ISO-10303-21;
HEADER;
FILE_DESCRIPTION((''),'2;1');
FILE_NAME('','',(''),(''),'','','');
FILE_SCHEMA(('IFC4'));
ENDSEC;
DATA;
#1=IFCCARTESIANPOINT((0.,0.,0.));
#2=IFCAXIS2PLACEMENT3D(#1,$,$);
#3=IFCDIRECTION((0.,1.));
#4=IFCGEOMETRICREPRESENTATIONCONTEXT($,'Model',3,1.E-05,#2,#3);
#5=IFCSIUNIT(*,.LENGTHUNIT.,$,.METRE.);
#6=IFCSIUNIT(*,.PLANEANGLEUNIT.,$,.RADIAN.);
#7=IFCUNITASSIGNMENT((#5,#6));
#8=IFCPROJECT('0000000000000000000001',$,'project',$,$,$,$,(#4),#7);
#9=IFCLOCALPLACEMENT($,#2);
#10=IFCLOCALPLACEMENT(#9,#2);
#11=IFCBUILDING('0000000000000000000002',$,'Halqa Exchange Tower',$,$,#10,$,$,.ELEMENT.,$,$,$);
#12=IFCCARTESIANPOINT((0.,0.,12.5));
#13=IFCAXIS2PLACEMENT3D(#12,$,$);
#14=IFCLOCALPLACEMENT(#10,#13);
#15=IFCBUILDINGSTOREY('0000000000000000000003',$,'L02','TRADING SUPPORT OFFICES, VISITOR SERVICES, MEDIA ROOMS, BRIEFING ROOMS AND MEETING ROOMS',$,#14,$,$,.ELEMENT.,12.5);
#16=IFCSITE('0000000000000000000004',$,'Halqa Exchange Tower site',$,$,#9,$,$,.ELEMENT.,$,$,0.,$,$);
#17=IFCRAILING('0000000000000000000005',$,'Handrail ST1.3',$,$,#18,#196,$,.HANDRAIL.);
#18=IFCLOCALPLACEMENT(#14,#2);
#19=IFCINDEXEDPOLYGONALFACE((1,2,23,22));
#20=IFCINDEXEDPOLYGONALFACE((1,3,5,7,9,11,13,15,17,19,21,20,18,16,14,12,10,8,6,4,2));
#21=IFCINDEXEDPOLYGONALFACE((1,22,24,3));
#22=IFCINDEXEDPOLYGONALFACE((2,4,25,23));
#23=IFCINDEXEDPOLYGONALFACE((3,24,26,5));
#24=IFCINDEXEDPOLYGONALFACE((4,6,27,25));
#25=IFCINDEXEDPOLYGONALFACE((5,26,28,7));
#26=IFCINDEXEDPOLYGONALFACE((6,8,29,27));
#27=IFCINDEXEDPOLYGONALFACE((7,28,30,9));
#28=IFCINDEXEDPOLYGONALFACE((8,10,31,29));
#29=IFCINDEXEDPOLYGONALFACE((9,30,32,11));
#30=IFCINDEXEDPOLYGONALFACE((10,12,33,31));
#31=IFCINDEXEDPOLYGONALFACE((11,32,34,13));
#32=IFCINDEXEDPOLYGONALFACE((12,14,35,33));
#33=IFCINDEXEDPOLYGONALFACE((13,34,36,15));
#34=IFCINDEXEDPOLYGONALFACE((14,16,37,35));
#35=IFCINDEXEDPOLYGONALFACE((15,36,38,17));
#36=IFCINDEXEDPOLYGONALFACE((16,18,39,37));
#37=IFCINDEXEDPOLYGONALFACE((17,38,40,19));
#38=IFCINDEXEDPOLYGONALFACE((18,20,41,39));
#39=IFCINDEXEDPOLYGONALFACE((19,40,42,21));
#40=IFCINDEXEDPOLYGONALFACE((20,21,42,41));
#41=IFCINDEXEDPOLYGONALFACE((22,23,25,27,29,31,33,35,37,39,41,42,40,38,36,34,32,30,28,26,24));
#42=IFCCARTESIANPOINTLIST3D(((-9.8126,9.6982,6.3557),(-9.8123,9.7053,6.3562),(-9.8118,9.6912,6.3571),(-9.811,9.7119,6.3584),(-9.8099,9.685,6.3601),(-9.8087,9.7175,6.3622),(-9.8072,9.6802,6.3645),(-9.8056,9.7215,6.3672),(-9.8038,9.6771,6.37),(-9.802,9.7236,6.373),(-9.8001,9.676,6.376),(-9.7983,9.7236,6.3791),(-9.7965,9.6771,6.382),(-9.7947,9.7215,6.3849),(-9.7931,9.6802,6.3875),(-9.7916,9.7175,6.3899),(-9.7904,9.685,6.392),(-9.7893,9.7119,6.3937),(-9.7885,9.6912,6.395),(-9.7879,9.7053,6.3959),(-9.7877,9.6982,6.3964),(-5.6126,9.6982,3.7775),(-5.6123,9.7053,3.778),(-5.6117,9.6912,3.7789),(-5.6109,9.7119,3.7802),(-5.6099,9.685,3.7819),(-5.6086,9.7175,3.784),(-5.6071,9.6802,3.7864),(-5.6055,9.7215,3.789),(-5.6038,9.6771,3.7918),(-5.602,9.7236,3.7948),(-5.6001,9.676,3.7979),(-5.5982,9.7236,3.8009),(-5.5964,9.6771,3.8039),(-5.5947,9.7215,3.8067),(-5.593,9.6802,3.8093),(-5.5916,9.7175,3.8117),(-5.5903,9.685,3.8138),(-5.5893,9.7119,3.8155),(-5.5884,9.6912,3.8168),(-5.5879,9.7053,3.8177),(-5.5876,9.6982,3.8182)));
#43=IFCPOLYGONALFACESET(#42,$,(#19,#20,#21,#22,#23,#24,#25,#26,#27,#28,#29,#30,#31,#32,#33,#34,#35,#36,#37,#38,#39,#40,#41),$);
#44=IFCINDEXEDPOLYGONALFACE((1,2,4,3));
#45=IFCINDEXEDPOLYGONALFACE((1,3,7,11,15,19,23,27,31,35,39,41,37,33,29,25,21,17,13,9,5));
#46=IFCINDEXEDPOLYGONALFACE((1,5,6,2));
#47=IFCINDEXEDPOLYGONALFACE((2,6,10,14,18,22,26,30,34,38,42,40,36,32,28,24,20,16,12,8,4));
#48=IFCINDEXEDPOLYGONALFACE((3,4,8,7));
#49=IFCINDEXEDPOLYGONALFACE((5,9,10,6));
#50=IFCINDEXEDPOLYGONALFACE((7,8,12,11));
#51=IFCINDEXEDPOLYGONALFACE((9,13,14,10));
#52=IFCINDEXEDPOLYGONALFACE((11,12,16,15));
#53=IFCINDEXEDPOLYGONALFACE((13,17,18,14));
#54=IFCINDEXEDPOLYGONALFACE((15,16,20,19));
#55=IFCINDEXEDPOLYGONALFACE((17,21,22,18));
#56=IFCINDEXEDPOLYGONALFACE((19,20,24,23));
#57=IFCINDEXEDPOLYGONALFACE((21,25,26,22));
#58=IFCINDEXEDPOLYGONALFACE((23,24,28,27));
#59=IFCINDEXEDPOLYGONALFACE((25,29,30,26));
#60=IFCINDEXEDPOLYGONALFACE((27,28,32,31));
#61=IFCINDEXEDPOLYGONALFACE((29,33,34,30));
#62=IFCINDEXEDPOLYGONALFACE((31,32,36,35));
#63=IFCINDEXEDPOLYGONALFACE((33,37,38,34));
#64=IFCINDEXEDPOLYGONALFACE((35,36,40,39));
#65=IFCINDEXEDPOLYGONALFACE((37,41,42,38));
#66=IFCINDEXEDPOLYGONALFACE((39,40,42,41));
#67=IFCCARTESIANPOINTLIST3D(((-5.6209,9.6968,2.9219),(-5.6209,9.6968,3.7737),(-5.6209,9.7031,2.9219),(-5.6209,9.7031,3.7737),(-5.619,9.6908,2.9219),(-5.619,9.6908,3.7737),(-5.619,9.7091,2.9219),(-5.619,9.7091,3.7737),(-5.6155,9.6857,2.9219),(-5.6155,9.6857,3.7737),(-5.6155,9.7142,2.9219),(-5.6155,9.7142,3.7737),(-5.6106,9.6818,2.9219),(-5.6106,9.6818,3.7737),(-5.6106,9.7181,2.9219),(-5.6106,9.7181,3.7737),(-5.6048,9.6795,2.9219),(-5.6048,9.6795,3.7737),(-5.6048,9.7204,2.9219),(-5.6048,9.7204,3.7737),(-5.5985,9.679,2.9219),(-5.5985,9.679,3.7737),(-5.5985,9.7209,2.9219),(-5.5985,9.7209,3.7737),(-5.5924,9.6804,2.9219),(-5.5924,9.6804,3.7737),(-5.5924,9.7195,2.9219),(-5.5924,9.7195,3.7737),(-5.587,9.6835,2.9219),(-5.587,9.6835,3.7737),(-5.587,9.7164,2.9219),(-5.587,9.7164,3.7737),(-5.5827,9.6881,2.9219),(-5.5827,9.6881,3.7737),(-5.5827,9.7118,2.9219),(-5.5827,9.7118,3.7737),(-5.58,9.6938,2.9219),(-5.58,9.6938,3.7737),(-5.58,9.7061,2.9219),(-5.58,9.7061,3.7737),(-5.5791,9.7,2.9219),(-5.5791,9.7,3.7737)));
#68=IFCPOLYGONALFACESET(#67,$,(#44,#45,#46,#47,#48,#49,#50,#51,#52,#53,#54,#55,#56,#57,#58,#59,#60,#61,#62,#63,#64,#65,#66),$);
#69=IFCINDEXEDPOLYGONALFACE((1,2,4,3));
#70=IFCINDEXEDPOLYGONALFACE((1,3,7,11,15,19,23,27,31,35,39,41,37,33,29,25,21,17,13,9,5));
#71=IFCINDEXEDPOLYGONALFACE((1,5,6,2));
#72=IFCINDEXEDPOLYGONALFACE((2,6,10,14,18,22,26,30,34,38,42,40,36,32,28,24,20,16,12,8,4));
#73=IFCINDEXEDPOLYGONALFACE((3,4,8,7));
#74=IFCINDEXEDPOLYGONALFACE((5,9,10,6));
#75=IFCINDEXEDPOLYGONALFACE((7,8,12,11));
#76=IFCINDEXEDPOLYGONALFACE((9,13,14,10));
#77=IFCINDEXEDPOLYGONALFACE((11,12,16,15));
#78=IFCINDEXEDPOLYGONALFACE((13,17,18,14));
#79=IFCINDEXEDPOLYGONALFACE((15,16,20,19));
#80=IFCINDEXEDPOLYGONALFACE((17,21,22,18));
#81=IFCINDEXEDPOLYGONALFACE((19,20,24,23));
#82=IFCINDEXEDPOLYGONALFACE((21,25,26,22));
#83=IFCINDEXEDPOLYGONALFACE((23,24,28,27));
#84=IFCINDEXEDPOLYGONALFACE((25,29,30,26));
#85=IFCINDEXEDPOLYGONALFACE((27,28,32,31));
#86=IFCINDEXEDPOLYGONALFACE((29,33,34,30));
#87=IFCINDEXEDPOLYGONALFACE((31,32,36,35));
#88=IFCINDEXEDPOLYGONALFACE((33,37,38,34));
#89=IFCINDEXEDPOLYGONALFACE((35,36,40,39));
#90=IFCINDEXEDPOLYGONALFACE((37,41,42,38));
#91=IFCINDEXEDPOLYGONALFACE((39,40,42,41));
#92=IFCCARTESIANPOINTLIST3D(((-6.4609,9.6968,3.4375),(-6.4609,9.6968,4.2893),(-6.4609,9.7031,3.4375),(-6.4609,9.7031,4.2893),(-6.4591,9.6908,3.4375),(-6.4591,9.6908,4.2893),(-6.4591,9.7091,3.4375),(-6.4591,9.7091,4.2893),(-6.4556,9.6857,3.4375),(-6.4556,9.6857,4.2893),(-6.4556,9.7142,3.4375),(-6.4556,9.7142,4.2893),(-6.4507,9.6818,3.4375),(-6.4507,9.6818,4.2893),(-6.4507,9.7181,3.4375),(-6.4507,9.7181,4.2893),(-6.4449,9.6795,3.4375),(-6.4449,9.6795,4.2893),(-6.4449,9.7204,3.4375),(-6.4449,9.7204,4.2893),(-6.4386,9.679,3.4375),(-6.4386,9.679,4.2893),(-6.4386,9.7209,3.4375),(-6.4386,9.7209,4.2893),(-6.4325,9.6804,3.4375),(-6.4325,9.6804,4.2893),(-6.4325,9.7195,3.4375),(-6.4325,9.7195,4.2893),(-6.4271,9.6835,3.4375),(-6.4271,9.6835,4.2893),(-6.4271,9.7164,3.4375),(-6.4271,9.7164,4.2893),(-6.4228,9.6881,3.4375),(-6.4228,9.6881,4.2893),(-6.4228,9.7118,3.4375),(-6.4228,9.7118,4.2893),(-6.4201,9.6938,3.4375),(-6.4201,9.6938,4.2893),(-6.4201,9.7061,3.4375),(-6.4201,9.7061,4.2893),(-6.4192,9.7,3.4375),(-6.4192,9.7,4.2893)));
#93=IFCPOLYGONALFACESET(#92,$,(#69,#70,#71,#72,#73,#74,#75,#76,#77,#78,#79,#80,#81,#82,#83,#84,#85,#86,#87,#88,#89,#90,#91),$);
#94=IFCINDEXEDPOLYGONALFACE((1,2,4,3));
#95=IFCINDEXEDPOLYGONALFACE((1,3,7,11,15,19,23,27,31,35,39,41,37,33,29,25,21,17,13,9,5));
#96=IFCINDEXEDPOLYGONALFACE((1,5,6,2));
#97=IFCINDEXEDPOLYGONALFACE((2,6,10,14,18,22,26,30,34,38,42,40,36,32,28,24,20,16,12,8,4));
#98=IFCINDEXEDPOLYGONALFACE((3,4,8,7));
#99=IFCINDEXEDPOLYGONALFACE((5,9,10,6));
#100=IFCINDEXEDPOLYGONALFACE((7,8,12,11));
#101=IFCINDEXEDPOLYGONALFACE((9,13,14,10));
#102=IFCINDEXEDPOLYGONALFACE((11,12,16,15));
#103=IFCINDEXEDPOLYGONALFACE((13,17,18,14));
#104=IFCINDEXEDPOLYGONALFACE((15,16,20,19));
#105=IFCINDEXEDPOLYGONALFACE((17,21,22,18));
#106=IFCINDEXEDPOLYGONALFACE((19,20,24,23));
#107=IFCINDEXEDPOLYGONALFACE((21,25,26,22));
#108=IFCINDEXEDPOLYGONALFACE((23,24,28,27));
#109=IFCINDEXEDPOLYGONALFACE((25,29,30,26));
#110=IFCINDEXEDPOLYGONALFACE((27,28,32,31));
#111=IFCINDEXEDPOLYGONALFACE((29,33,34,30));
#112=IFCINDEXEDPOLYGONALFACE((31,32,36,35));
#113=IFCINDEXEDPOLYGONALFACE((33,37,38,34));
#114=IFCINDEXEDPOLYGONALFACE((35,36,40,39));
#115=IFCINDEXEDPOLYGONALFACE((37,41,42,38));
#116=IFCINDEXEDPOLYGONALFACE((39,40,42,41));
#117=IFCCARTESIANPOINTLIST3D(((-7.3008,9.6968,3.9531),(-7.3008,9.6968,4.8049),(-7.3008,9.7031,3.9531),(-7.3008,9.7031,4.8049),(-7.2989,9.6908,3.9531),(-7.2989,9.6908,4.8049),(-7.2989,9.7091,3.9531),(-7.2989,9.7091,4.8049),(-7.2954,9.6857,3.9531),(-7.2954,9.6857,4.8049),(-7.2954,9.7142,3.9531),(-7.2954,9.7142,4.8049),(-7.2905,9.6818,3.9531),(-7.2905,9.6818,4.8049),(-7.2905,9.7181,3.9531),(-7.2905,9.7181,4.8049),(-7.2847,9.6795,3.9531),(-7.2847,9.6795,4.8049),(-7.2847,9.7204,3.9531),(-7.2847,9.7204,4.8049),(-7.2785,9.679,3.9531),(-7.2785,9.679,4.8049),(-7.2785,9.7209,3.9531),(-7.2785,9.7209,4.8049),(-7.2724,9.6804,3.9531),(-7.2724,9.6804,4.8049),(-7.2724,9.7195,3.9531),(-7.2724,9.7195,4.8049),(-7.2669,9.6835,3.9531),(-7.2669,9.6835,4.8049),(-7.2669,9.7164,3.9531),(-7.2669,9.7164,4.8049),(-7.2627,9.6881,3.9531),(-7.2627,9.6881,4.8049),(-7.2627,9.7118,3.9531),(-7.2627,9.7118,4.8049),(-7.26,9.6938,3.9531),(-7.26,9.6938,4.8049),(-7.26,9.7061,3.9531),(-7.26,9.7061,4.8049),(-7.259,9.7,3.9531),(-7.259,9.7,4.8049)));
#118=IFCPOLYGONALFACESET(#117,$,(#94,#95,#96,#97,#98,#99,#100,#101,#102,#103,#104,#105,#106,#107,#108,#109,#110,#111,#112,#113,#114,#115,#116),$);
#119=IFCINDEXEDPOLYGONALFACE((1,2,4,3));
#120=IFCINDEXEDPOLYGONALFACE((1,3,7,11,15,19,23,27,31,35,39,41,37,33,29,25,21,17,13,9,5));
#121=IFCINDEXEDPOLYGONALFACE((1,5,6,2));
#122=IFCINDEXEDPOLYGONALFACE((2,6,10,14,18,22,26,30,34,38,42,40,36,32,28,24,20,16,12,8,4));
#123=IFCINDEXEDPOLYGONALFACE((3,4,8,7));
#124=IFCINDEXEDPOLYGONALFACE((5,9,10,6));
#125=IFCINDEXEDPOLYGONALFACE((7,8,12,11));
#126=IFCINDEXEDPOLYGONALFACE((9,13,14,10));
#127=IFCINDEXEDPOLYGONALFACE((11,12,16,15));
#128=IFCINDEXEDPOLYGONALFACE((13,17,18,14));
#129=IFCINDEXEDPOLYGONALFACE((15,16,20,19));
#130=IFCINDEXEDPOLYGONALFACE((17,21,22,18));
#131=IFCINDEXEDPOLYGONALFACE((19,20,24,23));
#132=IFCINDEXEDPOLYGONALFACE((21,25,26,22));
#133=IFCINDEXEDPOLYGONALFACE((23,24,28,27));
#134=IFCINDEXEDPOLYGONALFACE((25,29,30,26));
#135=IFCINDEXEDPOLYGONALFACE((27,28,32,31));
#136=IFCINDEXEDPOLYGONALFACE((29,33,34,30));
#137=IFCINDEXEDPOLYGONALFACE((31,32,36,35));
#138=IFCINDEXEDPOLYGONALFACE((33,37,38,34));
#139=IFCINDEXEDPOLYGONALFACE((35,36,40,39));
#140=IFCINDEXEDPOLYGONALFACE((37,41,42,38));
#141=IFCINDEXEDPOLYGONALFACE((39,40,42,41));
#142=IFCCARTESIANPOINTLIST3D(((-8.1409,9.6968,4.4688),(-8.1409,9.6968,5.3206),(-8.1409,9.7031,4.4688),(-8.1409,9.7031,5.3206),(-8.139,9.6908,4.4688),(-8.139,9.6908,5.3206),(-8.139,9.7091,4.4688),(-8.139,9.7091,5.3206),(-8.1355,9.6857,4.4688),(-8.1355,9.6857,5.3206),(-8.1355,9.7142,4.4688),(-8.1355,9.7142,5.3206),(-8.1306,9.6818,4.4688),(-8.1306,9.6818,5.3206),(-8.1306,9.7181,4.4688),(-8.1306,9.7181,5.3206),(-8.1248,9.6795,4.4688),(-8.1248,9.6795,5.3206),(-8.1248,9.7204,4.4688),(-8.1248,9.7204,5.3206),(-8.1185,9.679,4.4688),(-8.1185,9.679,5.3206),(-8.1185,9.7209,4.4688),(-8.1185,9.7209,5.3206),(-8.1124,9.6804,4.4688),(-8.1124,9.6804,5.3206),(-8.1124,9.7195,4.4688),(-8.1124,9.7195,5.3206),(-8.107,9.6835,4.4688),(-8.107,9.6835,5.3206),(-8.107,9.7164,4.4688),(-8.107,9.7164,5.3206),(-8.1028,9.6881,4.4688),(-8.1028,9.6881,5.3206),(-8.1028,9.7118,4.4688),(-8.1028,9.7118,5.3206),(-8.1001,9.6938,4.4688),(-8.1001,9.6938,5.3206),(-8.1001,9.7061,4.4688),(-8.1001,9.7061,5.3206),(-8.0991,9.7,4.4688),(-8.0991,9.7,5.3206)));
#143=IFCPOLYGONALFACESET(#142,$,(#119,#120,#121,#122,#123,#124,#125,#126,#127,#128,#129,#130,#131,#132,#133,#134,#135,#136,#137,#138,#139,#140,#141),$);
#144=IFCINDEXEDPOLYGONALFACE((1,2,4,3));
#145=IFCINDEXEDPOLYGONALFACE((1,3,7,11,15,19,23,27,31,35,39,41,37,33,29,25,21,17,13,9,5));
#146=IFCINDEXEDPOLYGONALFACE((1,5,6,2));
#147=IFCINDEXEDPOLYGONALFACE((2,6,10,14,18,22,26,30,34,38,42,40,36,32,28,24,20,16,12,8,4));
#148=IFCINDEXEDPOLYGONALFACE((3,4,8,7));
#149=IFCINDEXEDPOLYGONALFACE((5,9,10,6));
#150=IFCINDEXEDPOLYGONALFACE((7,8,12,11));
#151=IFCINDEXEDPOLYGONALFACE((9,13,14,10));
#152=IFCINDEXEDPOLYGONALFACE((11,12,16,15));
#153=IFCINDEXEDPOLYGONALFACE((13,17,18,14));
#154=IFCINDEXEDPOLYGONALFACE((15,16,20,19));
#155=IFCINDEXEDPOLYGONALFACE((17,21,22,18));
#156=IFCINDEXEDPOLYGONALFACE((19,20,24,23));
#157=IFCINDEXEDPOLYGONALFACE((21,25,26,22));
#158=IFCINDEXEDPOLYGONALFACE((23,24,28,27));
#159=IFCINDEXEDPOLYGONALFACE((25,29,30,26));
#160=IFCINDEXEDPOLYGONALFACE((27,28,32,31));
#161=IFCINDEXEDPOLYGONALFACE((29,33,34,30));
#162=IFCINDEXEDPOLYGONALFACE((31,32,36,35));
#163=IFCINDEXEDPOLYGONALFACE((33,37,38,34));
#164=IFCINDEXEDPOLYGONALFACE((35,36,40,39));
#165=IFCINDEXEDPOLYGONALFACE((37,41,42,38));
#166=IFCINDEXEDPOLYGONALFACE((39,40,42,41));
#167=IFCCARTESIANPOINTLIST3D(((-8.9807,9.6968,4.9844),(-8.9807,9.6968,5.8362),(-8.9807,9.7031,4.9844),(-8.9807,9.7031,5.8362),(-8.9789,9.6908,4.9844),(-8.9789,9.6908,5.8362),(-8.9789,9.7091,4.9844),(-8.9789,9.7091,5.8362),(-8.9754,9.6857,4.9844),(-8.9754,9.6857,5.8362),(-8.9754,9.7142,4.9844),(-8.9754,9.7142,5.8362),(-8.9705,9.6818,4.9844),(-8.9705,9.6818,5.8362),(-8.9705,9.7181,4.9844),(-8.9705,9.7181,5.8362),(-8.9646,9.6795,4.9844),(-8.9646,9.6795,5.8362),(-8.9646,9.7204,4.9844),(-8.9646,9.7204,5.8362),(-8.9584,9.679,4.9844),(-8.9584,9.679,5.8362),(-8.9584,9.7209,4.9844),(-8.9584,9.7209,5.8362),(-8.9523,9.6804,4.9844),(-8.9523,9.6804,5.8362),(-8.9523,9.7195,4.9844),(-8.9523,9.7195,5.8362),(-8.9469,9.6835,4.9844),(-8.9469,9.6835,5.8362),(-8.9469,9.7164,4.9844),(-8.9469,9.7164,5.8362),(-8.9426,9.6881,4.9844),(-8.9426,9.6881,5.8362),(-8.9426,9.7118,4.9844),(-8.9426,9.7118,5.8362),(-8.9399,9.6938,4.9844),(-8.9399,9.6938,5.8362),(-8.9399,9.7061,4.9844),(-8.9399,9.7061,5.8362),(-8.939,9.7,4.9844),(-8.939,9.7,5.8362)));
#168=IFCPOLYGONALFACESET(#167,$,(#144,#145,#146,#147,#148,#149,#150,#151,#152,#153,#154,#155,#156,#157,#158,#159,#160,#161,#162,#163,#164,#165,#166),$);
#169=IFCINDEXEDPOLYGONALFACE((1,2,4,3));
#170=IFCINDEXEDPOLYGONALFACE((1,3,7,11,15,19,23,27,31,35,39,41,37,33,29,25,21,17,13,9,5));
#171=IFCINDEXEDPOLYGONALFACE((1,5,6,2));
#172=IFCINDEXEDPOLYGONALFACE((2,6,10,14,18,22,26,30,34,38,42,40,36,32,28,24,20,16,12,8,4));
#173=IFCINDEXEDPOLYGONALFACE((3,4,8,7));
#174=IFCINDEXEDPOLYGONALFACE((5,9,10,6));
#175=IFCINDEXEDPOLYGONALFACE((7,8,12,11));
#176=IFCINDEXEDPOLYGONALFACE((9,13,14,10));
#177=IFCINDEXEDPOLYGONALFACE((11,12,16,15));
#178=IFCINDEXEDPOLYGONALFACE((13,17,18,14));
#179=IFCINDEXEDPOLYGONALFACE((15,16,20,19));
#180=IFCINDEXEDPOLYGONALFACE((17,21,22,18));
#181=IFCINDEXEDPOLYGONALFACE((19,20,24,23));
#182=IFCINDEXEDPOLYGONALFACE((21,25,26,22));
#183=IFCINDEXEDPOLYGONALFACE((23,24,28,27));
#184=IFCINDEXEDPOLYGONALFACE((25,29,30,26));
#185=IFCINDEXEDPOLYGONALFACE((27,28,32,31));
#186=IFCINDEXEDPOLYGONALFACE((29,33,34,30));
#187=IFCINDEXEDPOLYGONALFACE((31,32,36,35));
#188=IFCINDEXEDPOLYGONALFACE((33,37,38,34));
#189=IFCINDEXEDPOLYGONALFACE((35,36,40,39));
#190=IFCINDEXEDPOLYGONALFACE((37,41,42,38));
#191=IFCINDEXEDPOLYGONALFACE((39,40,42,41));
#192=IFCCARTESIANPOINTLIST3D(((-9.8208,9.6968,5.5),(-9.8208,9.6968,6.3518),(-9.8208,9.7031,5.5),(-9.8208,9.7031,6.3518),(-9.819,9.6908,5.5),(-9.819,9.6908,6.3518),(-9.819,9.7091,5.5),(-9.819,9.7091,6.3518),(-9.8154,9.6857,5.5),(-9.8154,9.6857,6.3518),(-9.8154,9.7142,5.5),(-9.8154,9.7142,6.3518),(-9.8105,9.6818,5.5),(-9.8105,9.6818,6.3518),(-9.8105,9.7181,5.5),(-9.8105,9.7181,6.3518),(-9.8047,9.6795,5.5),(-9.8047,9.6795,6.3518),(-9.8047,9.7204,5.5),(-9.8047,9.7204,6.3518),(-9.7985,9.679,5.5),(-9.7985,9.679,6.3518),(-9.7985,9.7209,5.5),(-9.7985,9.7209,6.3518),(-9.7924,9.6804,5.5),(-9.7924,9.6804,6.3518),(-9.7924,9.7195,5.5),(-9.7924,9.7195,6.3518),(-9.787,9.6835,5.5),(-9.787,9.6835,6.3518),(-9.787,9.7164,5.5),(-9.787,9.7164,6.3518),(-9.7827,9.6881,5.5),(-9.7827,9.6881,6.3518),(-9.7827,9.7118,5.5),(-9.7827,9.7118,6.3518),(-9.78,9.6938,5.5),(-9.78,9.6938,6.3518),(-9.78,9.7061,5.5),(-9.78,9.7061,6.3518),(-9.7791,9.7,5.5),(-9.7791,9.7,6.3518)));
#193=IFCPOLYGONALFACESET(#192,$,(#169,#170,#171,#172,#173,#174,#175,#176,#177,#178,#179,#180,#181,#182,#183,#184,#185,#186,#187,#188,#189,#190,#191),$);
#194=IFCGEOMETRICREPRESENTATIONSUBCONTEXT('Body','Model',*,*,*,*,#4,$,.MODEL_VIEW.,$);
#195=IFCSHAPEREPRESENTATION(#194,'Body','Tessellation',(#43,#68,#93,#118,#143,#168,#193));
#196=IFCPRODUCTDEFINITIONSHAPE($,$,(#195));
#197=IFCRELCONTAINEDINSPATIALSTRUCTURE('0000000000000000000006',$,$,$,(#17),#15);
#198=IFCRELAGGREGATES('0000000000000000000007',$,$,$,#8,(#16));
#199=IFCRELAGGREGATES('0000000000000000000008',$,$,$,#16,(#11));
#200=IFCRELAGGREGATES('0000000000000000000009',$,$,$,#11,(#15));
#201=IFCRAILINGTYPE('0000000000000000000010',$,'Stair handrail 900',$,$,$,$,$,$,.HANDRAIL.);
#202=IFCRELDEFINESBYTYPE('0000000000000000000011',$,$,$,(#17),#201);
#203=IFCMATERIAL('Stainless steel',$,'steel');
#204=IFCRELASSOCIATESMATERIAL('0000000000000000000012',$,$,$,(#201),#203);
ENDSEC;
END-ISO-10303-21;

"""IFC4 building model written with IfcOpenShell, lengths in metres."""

from ifc_helpers import new_model, si_unit, direction, frame, origin, origin_2d, place, context, subcontext, project, spatial, circle, extrude, material, type_object, element, save


model = new_model("IFC4")

# Units and contexts
model_context = context("Model", 3, precision=1e-05, world=origin(), true_north=direction((0.0, 1.0)))
body_context = subcontext(model_context, "Body", "Model", "MODEL_VIEW")
ifc_project = project(units=[si_unit("LENGTHUNIT", "METRE"), si_unit("PLANEANGLEUNIT", "RADIAN")], contexts=[model_context])

# Site, building, storey
site_placement = place(None, origin())
site = spatial("IfcSite", under=ifc_project, at=site_placement, Name="Halqa Exchange Tower site", CompositionType="ELEMENT", RefElevation=0.0)
building_placement = place(site_placement, origin())
building = spatial("IfcBuilding", under=site, at=building_placement, Name="Halqa Exchange Tower", CompositionType="ELEMENT")
storey_placement = place(building_placement, frame((0.0, 0.0, 12.5)))
storey = spatial("IfcBuildingStorey", under=building, at=storey_placement, Name="L02", Description="TRADING SUPPORT OFFICES, VISITOR SERVICES, MEDIA ROOMS, BRIEFING ROOMS AND MEETING ROOMS", CompositionType="ELEMENT", Elevation=12.5)

# Railing
ifc_material_1 = material(Name="Stainless steel", Category="steel")
railing_type_1 = type_object("IfcRailingType", Name="Stair handrail 900", PredefinedType="HANDRAIL", material=ifc_material_1)
railing_1_placement = place(storey_placement, frame((-5.6001, 9.7, 2.9219)))
element("IfcRailing", 1, at=railing_1_placement, inside=storey, type_object=railing_type_1, Name="Handrail ST1.3", PredefinedType="HANDRAIL", context=body_context, shape_type="SweptSolid", body=[
    extrude(circle(Radius=0.0239, at=origin_2d()), frame((0.0, 0.0, 0.876), z_axis=(-0.852243, 0.0, 0.523146), x_axis=(0.0, -1.0, 0.0)), (0.0, 0.0, 1.0), 4.9282),
    extrude(circle(Radius=0.021, at=origin_2d()), origin(), (0.0, 0.0, 1.0), 0.8518),
    extrude(circle(Radius=0.021, at=origin_2d()), frame((-0.8401, 0.0, 0.5156)), (0.0, 0.0, 1.0), 0.8518),
    extrude(circle(Radius=0.021, at=origin_2d()), frame((-1.6799, 0.0, 1.0312)), (0.0, 0.0, 1.0), 0.8518),
    extrude(circle(Radius=0.021, at=origin_2d()), frame((-2.52, 0.0, 1.5469)), (0.0, 0.0, 1.0), 0.8518),
    extrude(circle(Radius=0.021, at=origin_2d()), frame((-3.3599, 0.0, 2.0625)), (0.0, 0.0, 1.0), 0.8518),
    extrude(circle(Radius=0.021, at=origin_2d()), frame((-4.2, 0.0, 2.5781)), (0.0, 0.0, 1.0), 0.8518),
])

save(model, "model.ifc")
